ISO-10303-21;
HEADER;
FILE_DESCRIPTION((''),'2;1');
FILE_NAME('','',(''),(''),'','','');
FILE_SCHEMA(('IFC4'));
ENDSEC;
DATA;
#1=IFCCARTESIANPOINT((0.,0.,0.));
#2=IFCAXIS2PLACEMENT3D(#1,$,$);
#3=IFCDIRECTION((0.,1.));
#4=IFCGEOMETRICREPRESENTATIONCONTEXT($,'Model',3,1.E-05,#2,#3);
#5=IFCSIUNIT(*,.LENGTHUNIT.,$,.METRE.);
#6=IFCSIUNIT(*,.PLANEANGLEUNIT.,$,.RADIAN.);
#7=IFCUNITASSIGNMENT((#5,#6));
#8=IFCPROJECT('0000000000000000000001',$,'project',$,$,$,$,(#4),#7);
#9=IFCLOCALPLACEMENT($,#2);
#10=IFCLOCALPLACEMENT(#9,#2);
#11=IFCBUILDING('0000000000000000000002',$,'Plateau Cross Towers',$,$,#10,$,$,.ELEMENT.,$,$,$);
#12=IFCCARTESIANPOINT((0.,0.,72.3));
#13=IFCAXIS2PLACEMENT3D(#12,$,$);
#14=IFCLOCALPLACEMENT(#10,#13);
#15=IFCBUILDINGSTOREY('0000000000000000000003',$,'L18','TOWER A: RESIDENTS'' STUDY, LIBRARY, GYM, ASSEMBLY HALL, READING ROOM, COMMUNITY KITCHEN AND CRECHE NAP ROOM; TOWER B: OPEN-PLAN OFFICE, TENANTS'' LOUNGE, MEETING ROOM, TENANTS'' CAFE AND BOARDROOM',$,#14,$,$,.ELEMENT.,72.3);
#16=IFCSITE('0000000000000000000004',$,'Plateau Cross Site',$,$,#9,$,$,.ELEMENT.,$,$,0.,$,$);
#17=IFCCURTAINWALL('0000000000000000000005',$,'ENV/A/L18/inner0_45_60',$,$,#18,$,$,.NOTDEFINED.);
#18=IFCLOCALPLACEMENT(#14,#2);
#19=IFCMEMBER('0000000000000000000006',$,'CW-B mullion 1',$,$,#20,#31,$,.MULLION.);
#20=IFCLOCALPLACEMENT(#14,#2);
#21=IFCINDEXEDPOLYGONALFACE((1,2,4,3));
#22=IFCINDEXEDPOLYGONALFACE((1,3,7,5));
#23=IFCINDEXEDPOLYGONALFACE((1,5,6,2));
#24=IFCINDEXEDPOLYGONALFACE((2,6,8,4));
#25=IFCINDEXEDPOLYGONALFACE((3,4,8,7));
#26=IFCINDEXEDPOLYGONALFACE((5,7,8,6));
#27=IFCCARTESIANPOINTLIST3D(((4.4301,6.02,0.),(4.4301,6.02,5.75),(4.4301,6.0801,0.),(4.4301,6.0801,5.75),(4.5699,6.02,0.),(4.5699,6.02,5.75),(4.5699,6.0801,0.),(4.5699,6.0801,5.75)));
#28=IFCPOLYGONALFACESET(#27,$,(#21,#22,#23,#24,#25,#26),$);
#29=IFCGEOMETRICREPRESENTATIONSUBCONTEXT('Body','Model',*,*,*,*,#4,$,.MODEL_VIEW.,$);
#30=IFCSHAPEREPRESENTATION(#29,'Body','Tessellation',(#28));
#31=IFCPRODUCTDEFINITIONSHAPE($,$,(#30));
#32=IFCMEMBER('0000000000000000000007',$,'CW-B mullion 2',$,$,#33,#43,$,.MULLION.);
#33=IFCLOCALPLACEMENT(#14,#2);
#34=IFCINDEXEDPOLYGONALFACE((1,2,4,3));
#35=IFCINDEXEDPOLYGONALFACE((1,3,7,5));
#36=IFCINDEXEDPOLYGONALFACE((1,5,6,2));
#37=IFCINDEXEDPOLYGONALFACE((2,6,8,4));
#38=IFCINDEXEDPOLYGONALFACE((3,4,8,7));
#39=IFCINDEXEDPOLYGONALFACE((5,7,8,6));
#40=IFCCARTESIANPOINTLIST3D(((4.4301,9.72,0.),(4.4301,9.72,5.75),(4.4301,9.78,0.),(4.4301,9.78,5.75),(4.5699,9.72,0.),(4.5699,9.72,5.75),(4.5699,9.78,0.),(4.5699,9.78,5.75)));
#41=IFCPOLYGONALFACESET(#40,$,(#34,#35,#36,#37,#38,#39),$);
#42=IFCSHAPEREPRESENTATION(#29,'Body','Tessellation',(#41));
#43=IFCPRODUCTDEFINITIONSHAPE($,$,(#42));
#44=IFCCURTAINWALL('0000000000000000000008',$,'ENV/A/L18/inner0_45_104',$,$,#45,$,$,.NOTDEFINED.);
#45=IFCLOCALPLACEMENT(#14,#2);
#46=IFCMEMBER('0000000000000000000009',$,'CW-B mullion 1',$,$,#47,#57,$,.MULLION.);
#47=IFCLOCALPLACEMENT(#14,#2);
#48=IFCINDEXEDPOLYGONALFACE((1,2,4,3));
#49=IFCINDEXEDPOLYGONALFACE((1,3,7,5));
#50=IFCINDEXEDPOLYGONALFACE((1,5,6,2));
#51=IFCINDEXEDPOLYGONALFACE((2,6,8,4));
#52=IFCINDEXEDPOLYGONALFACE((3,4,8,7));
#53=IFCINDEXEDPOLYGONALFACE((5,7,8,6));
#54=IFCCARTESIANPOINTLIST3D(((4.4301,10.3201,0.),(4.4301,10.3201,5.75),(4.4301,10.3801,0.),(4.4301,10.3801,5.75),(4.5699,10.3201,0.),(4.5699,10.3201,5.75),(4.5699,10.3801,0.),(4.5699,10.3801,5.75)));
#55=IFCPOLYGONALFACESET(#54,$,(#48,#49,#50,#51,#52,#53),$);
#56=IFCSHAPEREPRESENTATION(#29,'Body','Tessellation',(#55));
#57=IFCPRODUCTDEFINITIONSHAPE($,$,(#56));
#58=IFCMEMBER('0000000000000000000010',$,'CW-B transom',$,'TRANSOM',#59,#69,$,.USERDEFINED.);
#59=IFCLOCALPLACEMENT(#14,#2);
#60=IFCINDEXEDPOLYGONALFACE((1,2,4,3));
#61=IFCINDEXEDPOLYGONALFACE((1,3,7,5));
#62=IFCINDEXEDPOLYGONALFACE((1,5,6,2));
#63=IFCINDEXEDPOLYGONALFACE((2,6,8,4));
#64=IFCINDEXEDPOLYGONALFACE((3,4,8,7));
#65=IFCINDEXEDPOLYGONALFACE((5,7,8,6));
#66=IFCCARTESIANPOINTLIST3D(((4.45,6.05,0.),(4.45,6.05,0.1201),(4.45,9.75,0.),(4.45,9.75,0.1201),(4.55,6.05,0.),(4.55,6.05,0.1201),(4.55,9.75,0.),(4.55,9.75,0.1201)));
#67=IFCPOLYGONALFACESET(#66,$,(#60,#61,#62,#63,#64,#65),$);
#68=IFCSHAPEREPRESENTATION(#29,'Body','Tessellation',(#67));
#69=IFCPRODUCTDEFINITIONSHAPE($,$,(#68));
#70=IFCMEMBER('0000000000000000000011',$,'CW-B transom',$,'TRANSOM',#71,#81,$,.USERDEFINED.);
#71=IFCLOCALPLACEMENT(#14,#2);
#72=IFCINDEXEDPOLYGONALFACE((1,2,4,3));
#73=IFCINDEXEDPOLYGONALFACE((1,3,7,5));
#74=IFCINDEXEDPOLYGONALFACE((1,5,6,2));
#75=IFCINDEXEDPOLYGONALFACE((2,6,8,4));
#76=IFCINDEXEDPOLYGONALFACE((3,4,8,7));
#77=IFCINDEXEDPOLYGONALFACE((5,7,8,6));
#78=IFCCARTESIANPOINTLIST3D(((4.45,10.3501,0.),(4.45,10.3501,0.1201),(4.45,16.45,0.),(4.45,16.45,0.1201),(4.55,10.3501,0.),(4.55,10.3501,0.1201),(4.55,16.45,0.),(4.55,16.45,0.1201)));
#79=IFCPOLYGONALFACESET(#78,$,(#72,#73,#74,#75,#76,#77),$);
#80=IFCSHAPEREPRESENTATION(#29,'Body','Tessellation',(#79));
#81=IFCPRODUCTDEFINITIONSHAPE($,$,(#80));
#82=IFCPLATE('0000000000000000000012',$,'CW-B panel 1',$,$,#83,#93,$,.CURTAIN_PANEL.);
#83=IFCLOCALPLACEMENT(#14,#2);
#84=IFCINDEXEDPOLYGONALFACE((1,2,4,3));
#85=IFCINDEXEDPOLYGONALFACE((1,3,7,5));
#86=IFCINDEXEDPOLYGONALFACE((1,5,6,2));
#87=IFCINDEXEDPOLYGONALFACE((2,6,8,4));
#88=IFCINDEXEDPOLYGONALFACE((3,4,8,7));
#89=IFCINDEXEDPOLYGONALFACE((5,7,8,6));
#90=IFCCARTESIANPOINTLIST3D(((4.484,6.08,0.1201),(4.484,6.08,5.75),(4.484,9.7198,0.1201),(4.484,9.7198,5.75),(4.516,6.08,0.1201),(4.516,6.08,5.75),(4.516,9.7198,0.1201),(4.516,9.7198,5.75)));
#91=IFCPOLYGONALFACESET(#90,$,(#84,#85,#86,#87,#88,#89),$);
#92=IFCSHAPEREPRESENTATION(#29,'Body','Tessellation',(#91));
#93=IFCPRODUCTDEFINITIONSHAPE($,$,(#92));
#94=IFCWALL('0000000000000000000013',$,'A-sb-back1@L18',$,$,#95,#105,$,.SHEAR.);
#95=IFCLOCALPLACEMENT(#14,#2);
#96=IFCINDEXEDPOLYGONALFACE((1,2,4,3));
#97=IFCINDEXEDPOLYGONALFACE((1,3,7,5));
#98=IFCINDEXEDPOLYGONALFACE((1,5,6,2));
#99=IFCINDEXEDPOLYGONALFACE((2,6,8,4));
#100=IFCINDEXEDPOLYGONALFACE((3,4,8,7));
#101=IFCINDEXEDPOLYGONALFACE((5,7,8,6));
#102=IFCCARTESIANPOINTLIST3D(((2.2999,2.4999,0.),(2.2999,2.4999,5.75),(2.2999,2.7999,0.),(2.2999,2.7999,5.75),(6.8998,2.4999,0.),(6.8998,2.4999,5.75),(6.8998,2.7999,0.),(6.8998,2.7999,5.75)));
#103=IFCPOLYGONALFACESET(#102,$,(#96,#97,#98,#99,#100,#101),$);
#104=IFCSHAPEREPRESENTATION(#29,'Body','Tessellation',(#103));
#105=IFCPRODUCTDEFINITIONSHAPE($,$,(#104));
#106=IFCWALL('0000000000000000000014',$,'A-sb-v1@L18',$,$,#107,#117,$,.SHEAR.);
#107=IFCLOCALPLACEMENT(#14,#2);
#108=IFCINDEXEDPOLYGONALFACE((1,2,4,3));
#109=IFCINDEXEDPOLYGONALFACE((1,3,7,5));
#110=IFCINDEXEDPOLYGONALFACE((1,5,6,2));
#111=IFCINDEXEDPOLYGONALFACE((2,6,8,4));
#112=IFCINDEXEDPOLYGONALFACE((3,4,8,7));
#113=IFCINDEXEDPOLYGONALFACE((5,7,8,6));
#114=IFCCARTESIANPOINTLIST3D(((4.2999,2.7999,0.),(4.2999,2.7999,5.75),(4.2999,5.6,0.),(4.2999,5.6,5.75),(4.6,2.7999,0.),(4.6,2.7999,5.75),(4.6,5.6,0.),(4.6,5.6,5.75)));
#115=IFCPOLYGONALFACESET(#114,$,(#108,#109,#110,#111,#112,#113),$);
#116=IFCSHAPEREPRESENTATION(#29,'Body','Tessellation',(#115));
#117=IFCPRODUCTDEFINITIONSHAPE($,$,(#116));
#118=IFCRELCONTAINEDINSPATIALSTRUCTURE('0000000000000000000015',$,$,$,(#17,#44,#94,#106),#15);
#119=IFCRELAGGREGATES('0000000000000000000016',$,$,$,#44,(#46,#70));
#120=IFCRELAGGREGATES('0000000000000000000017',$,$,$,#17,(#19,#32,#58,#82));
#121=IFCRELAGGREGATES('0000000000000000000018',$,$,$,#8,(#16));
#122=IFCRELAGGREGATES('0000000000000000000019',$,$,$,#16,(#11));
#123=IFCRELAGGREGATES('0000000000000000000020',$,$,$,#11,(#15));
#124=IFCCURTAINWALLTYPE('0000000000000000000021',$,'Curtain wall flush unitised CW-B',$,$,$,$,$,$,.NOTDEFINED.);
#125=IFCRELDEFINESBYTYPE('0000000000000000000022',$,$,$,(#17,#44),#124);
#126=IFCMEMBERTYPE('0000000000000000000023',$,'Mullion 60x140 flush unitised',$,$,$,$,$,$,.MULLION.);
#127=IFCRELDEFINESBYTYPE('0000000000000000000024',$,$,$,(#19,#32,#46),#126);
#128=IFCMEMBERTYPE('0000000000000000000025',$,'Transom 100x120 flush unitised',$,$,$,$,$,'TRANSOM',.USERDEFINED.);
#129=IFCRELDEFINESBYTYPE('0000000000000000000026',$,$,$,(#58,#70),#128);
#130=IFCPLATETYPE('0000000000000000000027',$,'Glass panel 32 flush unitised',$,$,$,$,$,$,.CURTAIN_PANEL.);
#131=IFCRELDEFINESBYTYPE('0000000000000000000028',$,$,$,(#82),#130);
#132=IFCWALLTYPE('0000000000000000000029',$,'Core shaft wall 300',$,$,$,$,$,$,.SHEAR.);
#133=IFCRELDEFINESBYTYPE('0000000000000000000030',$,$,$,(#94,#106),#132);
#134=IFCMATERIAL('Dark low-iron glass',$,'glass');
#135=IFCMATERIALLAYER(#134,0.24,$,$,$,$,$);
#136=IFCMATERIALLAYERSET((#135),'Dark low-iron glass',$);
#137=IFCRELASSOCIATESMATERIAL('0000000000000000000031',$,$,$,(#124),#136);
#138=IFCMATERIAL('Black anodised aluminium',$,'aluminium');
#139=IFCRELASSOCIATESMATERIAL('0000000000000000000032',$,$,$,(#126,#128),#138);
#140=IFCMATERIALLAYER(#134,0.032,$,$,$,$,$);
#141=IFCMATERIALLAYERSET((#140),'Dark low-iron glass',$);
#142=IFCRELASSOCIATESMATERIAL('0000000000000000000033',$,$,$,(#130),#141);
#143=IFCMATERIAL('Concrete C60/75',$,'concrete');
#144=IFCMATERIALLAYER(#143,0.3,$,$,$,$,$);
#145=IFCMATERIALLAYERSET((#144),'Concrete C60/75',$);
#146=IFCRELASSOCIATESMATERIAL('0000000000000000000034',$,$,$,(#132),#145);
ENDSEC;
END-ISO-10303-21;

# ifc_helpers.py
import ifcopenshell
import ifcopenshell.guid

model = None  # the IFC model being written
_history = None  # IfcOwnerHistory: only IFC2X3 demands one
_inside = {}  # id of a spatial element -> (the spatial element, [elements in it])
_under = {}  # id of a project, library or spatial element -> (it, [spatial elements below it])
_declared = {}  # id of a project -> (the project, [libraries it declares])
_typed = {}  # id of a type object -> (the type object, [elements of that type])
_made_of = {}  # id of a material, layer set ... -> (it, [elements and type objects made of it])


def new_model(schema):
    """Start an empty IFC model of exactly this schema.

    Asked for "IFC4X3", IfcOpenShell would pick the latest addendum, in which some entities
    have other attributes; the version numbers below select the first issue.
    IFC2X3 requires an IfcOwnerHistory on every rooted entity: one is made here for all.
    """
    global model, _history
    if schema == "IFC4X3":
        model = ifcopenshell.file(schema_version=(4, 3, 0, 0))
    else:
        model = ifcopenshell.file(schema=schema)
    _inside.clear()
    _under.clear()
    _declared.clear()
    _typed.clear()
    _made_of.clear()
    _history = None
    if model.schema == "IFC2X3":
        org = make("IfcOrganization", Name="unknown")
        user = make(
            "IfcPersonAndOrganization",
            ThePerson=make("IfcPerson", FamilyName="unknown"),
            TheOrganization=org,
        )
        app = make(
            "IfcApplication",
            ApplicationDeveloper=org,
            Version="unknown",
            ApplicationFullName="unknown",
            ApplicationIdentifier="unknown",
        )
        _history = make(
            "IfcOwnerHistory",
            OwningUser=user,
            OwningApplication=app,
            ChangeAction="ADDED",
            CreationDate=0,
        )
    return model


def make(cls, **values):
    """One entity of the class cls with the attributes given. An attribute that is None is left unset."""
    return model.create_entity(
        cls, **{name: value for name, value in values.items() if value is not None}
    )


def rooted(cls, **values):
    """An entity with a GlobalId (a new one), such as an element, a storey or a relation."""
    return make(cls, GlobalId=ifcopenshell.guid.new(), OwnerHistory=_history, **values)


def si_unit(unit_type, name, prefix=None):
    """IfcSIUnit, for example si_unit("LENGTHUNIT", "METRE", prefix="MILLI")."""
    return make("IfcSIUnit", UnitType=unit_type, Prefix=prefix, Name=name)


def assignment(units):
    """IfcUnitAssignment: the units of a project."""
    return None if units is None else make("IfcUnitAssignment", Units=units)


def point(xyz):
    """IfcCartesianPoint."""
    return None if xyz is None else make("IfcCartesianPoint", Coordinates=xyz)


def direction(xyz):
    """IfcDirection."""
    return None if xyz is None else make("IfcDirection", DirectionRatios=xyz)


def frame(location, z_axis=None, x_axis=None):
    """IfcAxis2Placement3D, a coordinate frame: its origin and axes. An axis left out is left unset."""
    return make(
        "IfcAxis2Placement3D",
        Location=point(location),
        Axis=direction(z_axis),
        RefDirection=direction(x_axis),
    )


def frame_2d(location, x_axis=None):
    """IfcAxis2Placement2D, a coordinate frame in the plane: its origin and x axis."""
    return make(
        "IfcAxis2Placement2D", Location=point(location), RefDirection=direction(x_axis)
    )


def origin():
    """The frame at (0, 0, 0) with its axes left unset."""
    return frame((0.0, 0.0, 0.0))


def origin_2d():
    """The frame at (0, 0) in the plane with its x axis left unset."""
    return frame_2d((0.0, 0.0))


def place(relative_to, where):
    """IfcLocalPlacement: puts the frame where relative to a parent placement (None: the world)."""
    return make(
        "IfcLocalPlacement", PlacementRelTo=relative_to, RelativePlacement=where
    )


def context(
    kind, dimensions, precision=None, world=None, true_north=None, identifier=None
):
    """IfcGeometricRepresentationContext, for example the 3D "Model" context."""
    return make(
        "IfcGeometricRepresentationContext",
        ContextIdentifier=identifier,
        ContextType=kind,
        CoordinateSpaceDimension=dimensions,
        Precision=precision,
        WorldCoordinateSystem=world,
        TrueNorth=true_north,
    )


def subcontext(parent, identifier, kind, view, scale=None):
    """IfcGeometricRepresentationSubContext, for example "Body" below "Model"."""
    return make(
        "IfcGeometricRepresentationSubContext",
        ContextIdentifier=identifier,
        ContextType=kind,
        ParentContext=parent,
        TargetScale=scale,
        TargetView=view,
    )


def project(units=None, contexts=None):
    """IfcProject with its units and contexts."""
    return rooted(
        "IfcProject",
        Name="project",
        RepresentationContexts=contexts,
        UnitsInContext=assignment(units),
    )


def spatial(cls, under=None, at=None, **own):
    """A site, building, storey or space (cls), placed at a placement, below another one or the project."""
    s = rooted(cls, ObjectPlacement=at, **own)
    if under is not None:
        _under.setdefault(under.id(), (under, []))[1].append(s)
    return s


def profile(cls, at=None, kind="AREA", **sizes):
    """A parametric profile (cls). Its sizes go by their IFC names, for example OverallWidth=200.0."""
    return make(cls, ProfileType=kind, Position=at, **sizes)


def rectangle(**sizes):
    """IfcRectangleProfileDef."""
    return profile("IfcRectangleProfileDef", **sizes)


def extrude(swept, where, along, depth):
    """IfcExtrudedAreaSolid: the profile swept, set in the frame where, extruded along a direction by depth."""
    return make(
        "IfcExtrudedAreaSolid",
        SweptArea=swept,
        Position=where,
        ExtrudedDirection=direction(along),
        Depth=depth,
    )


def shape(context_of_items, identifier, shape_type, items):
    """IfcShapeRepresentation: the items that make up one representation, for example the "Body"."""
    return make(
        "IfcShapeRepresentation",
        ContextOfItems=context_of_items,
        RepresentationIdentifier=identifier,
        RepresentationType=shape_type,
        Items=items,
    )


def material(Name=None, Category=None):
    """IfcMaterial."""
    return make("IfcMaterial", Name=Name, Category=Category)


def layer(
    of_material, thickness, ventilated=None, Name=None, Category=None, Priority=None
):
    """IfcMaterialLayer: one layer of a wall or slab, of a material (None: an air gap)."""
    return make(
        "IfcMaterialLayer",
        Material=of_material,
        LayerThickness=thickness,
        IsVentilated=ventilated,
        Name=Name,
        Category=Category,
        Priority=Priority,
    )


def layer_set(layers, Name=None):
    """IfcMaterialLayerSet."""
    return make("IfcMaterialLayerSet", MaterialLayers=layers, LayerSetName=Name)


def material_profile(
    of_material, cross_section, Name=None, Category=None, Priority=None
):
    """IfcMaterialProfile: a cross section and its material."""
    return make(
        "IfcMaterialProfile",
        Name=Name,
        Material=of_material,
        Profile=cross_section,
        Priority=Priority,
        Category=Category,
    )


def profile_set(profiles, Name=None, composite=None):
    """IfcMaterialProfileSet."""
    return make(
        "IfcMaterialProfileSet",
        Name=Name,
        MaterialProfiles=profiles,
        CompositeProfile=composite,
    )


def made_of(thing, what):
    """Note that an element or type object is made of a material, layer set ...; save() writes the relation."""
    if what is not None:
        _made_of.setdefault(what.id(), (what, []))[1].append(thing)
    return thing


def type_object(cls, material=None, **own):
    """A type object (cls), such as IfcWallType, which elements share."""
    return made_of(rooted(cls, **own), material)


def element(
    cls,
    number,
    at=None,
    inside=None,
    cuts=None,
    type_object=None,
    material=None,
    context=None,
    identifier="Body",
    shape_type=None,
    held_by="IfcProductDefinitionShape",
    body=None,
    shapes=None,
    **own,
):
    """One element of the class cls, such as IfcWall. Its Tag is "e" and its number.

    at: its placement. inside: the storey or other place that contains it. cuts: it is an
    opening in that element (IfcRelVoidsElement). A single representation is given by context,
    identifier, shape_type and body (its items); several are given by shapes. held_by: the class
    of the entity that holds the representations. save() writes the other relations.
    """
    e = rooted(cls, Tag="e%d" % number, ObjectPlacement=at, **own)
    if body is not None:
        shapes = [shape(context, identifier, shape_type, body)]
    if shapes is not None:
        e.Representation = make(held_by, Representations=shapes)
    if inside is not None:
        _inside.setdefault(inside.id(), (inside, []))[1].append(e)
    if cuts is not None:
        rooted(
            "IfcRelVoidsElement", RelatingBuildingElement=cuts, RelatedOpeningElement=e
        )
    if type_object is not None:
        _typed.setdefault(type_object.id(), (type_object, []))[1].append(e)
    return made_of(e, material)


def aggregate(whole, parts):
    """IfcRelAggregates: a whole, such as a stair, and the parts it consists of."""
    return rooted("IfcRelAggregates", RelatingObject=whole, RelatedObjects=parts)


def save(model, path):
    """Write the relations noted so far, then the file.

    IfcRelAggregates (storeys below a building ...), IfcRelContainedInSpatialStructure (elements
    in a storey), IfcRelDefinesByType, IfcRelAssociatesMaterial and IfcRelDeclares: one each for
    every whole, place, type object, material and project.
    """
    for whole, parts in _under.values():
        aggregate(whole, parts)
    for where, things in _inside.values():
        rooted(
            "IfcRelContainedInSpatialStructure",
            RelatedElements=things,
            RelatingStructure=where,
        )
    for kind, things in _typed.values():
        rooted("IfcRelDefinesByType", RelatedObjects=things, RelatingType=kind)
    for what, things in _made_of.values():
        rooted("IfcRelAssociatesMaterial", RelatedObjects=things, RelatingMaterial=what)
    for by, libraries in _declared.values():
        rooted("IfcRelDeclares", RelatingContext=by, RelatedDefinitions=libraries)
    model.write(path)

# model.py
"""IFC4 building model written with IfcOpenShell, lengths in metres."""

from ifc_helpers import new_model, si_unit, direction, frame, frame_2d, origin, origin_2d, place, context, subcontext, project, spatial, rectangle, extrude, material, layer, layer_set, material_profile, profile_set, type_object, element, aggregate, save


model = new_model("IFC4")

# Units and contexts
model_context = context("Model", 3, precision=1e-05, world=origin(), true_north=direction((0.0, 1.0)))
body_context = subcontext(model_context, "Body", "Model", "MODEL_VIEW")
ifc_project = project(units=[si_unit("LENGTHUNIT", "METRE"), si_unit("PLANEANGLEUNIT", "RADIAN")], contexts=[model_context])

# Site, building, storey
site_placement = place(None, origin())
site = spatial("IfcSite", under=ifc_project, at=site_placement, Name="Plateau Cross Site", CompositionType="ELEMENT", RefElevation=0.0)
building_placement = place(site_placement, origin())
building = spatial("IfcBuilding", under=site, at=building_placement, Name="Plateau Cross Towers", CompositionType="ELEMENT")
storey_placement = place(building_placement, frame((0.0, 0.0, 72.3)))
storey = spatial("IfcBuildingStorey", under=building, at=storey_placement, Name="L18", Description="TOWER A: RESIDENTS' STUDY, LIBRARY, GYM, ASSEMBLY HALL, READING ROOM, COMMUNITY KITCHEN AND CRECHE NAP ROOM; TOWER B: OPEN-PLAN OFFICE, TENANTS' LOUNGE, MEETING ROOM, TENANTS' CAFE AND BOARDROOM", CompositionType="ELEMENT", Elevation=72.3)

# Curtain wall, members
ifc_material_1 = material(Name="Dark low-iron glass", Category="glass")
ifc_layer_1 = layer(ifc_material_1, 0.24)
ifc_layer_set_1 = layer_set([ifc_layer_1], Name="Dark low-iron glass")
curtain_wall_type = type_object("IfcCurtainWallType", Name="Curtain wall flush unitised CW-B", PredefinedType="NOTDEFINED", material=ifc_layer_set_1)
curtain_wall_1_placement = place(storey_placement, origin())
curtain_wall_1 = element("IfcCurtainWall", 1, at=curtain_wall_1_placement, inside=storey, type_object=curtain_wall_type, Name="ENV/A/L18/inner0_45_60", PredefinedType="NOTDEFINED")
ifc_material_2 = material(Name="Black anodised aluminium", Category="aluminium")
ifc_material_profile_1 = material_profile(ifc_material_2, rectangle(XDim=0.0601, YDim=0.1399, at=origin_2d()), Name="MULLION 60x140")
ifc_profile_set_1 = profile_set([ifc_material_profile_1], Name="Black anodised aluminium")
member_type_1 = type_object("IfcMemberType", Name="Mullion 60x140 flush unitised", PredefinedType="MULLION", material=ifc_profile_set_1)
member_1_placement = place(storey_placement, frame((4.5, 6.05, 0.0), z_axis=(0.0, 0.0, 1.0), x_axis=(0.0, 1.0, 0.0)))
member_1 = element("IfcMember", 2, at=member_1_placement, type_object=member_type_1, Name="CW-B mullion 1", PredefinedType="MULLION", context=body_context, shape_type="SweptSolid", body=[
    extrude(rectangle(XDim=0.0601, YDim=0.1399, at=origin_2d()), origin(), (0.0, 0.0, 1.0), 5.75),
])
member_2_placement = place(storey_placement, frame((4.5, 9.75, 0.0), z_axis=(0.0, 0.0, 1.0), x_axis=(0.0, 1.0, 0.0)))
member_2 = element("IfcMember", 3, at=member_2_placement, type_object=member_type_1, Name="CW-B mullion 2", PredefinedType="MULLION", context=body_context, shape_type="SweptSolid", body=[
    extrude(rectangle(XDim=0.0601, YDim=0.1399, at=origin_2d()), origin(), (0.0, 0.0, 1.0), 5.75),
])

# Curtain wall, member
curtain_wall_2_placement = place(storey_placement, origin())
curtain_wall_2 = element("IfcCurtainWall", 4, at=curtain_wall_2_placement, inside=storey, type_object=curtain_wall_type, Name="ENV/A/L18/inner0_45_104", PredefinedType="NOTDEFINED")
member_3_placement = place(storey_placement, frame((4.5, 10.3501, 0.0), z_axis=(0.0, 0.0, 1.0), x_axis=(0.0, 1.0, 0.0)))
member_3 = element("IfcMember", 5, at=member_3_placement, type_object=member_type_1, Name="CW-B mullion 1", PredefinedType="MULLION", context=body_context, shape_type="SweptSolid", body=[
    extrude(rectangle(XDim=0.0601, YDim=0.1399, at=origin_2d()), origin(), (0.0, 0.0, 1.0), 5.75),
])

# Members
ifc_material_profile_2 = material_profile(ifc_material_2, rectangle(XDim=0.1001, YDim=0.1201, at=origin_2d()), Name="TRANSOM 100x120")
ifc_profile_set_2 = profile_set([ifc_material_profile_2], Name="Black anodised aluminium")
member_type_2 = type_object("IfcMemberType", Name="Transom 100x120 flush unitised", ElementType="TRANSOM", PredefinedType="USERDEFINED", material=ifc_profile_set_2)
member_4_placement = place(storey_placement, frame((4.5, 6.05, 0.0601), z_axis=(0.0, 1.0, 0.0), x_axis=(-1.0, 0.0, 0.0)))
member_4 = element("IfcMember", 6, at=member_4_placement, type_object=member_type_2, Name="CW-B transom", ObjectType="TRANSOM", PredefinedType="USERDEFINED", context=body_context, shape_type="SweptSolid", body=[
    extrude(rectangle(XDim=0.1001, YDim=0.1201, at=origin_2d()), origin(), (0.0, 0.0, 1.0), 3.7),
])
member_5_placement = place(storey_placement, frame((4.5, 10.3501, 0.0601), z_axis=(0.0, 1.0, 0.0), x_axis=(-1.0, 0.0, 0.0)))
member_5 = element("IfcMember", 7, at=member_5_placement, type_object=member_type_2, Name="CW-B transom", ObjectType="TRANSOM", PredefinedType="USERDEFINED", context=body_context, shape_type="SweptSolid", body=[
    extrude(rectangle(XDim=0.1001, YDim=0.1201, at=origin_2d()), origin(), (0.0, 0.0, 1.0), 6.0999),
])
aggregate(curtain_wall_2, [member_3, member_5])

# Plate
ifc_layer_2 = layer(ifc_material_1, 0.032)
ifc_layer_set_2 = layer_set([ifc_layer_2], Name="Dark low-iron glass")
plate_type = type_object("IfcPlateType", Name="Glass panel 32 flush unitised", PredefinedType="CURTAIN_PANEL", material=ifc_layer_set_2)
plate_placement = place(storey_placement, frame((4.5, 7.8999, 0.1201), z_axis=(0.0, 0.0, 1.0), x_axis=(0.0, 1.0, 0.0)))
plate = element("IfcPlate", 8, at=plate_placement, type_object=plate_type, Name="CW-B panel 1", PredefinedType="CURTAIN_PANEL", context=body_context, shape_type="SweptSolid", body=[
    extrude(rectangle(XDim=3.6399, YDim=0.032, at=origin_2d()), origin(), (0.0, 0.0, 1.0), 5.6299),
])
aggregate(curtain_wall_1, [member_1, member_2, member_4, plate])

# Walls
ifc_material_3 = material(Name="Concrete C60/75", Category="concrete")
ifc_layer_3 = layer(ifc_material_3, 0.3)
ifc_layer_set_3 = layer_set([ifc_layer_3], Name="Concrete C60/75")
wall_type = type_object("IfcWallType", Name="Core shaft wall 300", PredefinedType="SHEAR", material=ifc_layer_set_3)
wall_1_placement = place(storey_placement, frame((2.3, 2.6499, 0.0), z_axis=(0.0, 0.0, 1.0), x_axis=(1.0, 0.0, 0.0)))
element("IfcWall", 9, at=wall_1_placement, inside=storey, type_object=wall_type, Name="A-sb-back1@L18", PredefinedType="SHEAR", context=body_context, shape_type="SweptSolid", body=[
    extrude(rectangle(XDim=4.5999, YDim=0.3, at=frame_2d((2.2998, 0.0))), origin(), (0.0, 0.0, 1.0), 5.75),
])
wall_2_placement = place(storey_placement, frame((4.45, 2.8, 0.0), z_axis=(0.0, 0.0, 1.0), x_axis=(0.0, 1.0, 0.0)))
element("IfcWall", 10, at=wall_2_placement, inside=storey, type_object=wall_type, Name="A-sb-v1@L18", PredefinedType="SHEAR", context=body_context, shape_type="SweptSolid", body=[
    extrude(rectangle(XDim=2.8, YDim=0.3, at=frame_2d((1.3999, 0.0))), origin(), (0.0, 0.0, 1.0), 5.75),
])

save(model, "model.ifc")
